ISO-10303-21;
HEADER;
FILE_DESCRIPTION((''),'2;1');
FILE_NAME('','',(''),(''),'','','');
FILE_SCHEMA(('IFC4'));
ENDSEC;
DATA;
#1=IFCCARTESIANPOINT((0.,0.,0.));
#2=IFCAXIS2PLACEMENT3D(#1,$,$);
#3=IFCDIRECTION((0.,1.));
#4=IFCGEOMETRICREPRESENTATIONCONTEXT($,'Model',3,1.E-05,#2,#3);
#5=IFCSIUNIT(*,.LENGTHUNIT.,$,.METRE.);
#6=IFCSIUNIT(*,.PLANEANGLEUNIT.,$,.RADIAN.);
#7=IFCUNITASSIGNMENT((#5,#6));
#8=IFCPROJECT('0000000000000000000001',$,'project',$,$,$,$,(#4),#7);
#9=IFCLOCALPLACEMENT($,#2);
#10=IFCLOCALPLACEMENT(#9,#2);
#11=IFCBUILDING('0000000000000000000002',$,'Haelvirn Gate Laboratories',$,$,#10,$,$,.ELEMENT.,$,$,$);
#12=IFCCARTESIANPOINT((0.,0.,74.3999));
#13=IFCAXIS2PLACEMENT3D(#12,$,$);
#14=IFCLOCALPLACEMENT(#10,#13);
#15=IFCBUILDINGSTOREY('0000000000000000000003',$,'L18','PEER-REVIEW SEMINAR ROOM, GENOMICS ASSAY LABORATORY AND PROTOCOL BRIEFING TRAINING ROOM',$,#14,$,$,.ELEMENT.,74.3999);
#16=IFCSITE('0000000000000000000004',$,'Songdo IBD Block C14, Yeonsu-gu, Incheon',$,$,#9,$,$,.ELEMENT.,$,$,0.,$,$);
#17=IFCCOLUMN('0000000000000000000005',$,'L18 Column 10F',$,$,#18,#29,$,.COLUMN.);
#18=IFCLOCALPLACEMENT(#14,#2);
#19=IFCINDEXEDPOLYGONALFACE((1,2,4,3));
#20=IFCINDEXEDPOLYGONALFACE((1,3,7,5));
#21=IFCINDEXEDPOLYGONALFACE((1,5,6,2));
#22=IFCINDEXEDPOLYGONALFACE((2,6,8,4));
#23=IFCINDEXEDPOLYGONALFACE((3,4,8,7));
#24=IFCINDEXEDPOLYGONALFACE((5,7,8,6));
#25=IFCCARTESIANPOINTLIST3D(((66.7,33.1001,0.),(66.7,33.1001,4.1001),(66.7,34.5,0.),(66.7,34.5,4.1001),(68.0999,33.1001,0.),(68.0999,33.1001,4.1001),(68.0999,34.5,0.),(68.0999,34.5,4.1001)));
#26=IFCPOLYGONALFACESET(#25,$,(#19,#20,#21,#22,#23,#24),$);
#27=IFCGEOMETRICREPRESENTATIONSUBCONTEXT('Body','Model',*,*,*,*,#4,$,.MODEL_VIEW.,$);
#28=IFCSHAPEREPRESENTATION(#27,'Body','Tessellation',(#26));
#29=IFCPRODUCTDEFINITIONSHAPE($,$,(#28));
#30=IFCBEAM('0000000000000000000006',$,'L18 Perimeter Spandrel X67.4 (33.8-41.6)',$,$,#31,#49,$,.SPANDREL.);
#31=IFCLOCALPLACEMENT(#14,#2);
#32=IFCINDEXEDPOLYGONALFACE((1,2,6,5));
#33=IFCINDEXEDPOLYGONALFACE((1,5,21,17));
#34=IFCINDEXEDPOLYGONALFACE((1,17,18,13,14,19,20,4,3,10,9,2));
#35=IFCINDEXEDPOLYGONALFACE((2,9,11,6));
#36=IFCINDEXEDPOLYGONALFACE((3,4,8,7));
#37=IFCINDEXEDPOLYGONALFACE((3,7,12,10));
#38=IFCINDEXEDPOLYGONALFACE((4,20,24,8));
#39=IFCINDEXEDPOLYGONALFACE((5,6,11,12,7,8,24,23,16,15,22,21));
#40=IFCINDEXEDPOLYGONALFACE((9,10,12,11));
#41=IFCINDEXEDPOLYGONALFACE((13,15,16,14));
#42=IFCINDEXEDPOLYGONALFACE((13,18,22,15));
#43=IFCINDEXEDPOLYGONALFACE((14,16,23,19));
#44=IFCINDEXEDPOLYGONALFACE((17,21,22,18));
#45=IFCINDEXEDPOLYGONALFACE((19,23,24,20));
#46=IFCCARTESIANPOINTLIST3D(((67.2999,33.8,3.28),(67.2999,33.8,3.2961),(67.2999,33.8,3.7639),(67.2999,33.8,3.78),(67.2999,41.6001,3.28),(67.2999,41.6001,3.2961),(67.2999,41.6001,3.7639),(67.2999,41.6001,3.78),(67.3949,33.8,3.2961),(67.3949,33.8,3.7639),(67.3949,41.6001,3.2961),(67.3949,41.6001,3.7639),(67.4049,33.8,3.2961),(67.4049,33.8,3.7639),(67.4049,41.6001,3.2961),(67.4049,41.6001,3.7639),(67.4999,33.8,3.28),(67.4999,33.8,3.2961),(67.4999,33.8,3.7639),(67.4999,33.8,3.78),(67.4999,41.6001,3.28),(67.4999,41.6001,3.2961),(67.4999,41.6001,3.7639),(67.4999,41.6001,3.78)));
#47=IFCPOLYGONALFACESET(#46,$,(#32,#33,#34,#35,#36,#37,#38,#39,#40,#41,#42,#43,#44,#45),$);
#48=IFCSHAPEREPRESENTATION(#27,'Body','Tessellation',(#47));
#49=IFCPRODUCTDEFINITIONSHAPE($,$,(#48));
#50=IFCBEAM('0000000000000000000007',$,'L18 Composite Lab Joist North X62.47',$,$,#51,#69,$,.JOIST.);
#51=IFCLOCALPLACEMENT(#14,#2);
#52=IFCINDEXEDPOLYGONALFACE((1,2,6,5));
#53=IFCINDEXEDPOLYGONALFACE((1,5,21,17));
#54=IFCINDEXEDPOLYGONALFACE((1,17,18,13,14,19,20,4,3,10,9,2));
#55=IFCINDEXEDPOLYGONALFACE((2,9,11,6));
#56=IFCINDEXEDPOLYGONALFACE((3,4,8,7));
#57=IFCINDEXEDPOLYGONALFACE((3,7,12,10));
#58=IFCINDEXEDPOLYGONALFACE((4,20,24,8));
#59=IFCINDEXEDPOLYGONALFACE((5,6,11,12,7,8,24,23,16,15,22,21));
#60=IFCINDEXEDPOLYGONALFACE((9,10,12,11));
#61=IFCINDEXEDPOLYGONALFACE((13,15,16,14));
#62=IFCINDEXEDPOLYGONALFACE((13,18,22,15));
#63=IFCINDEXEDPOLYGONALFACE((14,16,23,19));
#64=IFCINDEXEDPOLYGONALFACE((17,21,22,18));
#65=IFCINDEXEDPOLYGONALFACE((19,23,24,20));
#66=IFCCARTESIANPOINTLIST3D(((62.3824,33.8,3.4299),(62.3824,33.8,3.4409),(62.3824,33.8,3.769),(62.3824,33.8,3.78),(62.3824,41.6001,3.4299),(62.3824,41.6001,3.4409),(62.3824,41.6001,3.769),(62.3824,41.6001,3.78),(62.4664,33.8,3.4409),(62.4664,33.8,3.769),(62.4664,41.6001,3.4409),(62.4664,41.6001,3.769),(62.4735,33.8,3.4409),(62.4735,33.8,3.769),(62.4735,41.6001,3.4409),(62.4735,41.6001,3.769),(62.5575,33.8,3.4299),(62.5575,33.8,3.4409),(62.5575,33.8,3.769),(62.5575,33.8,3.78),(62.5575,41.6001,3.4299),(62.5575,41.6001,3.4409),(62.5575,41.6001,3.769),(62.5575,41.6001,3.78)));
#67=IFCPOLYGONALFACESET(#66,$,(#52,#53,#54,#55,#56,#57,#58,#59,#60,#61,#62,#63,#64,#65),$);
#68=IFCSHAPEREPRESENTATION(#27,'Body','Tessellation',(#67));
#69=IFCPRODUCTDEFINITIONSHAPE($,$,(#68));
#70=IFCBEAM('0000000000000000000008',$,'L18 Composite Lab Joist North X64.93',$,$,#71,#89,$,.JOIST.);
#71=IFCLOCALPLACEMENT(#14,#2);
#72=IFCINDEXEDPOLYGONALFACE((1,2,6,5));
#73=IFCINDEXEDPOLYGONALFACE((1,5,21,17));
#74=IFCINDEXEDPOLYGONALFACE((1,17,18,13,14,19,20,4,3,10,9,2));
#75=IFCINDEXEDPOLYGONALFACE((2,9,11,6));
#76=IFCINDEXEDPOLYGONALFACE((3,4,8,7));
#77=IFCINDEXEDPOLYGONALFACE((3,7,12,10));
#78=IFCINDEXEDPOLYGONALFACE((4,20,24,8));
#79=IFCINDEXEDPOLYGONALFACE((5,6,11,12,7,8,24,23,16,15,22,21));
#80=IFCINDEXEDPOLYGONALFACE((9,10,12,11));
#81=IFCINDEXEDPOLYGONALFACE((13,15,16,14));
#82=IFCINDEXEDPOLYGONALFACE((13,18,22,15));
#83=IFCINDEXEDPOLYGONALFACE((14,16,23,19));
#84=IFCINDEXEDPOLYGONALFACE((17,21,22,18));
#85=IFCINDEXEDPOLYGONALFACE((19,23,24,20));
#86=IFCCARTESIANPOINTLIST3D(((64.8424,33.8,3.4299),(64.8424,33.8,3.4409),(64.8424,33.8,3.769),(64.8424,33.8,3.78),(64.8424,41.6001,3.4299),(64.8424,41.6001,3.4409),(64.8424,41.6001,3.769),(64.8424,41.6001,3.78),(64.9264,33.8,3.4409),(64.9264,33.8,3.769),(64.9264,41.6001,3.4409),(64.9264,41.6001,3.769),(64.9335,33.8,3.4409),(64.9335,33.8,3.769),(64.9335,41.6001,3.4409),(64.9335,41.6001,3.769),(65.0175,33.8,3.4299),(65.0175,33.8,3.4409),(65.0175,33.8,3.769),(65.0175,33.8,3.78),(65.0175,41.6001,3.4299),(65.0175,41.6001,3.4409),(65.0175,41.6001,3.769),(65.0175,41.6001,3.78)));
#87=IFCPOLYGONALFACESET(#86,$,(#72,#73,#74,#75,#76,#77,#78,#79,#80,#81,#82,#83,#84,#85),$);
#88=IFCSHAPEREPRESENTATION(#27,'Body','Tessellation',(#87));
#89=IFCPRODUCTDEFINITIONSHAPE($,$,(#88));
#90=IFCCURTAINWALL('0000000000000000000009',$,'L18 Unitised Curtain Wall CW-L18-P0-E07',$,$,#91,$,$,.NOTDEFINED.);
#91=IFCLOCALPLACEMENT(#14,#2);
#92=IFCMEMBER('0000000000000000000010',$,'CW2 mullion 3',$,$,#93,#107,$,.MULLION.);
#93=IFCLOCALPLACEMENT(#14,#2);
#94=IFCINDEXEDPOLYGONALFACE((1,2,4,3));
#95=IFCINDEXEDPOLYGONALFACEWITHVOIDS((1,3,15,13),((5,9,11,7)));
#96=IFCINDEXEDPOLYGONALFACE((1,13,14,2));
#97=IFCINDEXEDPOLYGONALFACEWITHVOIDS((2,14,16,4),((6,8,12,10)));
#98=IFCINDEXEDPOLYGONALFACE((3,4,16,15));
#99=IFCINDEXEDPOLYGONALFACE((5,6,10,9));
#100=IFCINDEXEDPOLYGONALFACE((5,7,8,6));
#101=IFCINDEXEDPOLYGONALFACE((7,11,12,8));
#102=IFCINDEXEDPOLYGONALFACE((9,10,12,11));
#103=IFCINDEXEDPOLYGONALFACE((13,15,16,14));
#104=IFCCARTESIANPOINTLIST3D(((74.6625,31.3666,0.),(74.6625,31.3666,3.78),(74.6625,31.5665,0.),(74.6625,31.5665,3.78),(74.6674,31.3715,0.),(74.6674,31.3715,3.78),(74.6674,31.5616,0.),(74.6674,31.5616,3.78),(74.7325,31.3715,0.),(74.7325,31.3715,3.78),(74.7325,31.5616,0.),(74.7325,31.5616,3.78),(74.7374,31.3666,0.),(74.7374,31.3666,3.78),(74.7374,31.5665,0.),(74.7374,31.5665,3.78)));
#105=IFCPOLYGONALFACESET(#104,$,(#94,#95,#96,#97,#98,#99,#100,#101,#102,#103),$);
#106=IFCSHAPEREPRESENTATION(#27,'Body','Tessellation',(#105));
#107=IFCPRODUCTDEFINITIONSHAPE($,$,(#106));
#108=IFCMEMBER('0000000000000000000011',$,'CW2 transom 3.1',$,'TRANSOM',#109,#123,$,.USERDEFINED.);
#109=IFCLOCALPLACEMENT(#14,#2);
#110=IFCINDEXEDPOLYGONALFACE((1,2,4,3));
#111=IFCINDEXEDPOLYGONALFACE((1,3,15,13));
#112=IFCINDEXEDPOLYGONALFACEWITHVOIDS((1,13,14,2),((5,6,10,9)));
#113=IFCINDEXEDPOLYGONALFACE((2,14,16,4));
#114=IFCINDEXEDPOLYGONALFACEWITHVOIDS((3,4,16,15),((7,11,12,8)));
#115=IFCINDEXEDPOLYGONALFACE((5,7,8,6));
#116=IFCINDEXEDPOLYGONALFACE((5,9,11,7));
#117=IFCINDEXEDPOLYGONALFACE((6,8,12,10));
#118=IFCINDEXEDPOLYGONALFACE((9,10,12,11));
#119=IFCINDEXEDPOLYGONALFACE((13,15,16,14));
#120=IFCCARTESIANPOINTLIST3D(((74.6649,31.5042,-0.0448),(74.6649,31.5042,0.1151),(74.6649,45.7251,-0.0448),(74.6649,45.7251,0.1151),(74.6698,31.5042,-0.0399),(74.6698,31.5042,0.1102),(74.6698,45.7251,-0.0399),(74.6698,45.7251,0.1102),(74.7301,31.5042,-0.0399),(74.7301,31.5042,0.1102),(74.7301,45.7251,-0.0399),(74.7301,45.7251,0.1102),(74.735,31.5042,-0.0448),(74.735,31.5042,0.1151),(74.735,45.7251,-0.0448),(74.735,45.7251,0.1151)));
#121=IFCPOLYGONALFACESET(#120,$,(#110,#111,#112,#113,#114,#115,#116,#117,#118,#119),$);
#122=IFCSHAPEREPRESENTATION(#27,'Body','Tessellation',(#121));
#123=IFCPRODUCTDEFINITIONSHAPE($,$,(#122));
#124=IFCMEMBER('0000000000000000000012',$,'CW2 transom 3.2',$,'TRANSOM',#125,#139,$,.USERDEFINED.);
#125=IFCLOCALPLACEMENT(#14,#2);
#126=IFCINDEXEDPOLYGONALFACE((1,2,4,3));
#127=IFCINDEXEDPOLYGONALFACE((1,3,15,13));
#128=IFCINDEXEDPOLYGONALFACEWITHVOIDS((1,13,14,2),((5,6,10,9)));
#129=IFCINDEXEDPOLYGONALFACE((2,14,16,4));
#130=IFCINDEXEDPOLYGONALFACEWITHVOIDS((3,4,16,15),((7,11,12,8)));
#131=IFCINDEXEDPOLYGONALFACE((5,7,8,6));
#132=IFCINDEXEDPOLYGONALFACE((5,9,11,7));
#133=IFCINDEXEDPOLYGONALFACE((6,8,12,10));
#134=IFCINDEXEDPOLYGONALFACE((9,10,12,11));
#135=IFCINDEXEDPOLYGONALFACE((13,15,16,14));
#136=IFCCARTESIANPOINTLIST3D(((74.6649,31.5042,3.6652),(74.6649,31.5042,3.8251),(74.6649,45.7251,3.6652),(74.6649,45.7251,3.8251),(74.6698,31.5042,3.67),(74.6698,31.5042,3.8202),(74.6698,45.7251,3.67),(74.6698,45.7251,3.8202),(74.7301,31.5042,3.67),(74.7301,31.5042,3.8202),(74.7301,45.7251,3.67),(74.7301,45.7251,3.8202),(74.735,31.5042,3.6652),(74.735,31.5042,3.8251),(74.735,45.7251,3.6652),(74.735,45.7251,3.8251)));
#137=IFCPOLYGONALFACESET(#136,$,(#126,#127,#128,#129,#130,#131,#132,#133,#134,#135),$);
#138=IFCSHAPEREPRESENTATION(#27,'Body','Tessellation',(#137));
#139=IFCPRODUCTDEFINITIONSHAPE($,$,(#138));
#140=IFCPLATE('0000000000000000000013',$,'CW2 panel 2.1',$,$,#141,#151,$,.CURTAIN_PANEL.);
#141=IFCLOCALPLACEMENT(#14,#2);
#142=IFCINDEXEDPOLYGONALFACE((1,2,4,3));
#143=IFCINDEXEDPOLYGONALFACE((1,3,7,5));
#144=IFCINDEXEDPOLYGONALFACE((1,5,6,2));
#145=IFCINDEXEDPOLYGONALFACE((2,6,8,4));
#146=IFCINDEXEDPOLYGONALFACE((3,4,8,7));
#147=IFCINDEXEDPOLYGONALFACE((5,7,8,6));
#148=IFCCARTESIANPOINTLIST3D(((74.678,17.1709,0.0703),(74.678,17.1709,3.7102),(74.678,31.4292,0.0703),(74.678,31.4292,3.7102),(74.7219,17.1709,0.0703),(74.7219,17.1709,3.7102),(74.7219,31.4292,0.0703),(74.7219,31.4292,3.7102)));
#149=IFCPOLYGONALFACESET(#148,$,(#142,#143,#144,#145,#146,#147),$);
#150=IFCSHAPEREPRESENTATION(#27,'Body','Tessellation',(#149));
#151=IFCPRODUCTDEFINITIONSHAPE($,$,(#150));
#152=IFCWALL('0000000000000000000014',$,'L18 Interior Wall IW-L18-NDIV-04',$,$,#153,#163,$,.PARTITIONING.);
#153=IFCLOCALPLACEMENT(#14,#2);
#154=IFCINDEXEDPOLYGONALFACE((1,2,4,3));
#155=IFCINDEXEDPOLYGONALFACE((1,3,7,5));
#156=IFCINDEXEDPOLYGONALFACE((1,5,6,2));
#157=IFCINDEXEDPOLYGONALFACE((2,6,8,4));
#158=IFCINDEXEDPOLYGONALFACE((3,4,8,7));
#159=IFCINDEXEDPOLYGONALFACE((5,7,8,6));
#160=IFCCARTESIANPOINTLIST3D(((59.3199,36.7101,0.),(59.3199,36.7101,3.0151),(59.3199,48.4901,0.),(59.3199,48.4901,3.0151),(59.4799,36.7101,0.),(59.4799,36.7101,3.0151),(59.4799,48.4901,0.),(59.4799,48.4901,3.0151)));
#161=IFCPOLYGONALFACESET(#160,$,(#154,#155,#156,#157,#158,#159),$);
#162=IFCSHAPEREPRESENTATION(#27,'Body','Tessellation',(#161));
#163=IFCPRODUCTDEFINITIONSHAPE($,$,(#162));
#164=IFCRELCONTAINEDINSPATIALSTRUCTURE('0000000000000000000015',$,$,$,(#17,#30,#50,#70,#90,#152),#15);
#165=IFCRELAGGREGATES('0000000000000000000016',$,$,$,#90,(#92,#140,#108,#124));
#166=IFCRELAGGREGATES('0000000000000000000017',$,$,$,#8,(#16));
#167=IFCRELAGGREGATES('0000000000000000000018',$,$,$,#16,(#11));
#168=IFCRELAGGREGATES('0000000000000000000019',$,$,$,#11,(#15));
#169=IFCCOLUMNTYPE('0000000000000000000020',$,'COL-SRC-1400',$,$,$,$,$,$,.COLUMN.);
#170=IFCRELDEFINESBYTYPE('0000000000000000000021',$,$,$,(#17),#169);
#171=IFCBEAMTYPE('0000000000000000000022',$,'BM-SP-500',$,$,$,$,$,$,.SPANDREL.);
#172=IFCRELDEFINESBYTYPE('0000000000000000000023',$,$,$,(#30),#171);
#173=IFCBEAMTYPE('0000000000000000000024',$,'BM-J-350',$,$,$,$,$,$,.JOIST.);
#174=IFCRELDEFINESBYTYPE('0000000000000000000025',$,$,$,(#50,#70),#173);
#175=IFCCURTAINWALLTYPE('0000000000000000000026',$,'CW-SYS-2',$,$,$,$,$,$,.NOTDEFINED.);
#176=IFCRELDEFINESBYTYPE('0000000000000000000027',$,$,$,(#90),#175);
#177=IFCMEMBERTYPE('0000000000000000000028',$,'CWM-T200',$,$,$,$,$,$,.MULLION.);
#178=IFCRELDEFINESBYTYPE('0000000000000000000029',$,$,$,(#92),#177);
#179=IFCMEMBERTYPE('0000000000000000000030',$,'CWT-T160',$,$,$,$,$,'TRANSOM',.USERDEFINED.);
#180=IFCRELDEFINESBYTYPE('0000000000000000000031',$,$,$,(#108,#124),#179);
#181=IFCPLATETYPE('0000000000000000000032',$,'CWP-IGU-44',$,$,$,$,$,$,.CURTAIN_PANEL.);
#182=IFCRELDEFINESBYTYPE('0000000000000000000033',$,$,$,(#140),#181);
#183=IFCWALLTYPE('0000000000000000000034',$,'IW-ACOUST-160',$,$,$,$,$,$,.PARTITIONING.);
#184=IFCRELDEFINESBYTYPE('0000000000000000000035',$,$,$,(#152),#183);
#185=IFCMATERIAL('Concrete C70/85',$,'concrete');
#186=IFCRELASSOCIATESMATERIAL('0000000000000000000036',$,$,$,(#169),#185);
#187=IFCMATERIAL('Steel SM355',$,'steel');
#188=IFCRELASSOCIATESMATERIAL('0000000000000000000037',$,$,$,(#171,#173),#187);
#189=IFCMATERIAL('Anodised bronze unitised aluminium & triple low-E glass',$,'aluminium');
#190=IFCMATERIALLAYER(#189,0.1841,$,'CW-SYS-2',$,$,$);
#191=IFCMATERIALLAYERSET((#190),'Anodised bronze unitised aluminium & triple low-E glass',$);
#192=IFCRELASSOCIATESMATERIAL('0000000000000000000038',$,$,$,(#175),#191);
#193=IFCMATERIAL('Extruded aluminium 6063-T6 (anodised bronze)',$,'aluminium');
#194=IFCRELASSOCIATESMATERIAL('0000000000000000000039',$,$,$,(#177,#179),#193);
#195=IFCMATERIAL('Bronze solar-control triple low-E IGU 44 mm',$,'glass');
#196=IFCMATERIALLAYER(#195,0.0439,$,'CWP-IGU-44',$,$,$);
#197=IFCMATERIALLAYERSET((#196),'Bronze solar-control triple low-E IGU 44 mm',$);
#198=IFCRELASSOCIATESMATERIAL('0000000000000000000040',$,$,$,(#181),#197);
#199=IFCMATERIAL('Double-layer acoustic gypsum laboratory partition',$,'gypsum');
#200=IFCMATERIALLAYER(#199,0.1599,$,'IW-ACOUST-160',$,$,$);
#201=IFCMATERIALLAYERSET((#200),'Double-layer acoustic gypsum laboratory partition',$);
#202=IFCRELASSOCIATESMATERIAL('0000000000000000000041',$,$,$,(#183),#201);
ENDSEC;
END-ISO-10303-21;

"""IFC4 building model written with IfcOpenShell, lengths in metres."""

from ifc_helpers import new_model, si_unit, direction, frame, frame_2d, origin, origin_2d, place, context, subcontext, project, spatial, rectangle, hollow_rectangle, i_section, extrude, source, transform, mapped, material, layer, layer_set, material_profile, profile_set, type_object, type_shapes, element, aggregate, save


model = new_model("IFC4")

# Units and contexts
model_context = context("Model", 3, precision=1e-05, world=origin(), true_north=direction((0.0, 1.0)))
body_context = subcontext(model_context, "Body", "Model", "MODEL_VIEW")
ifc_project = project(units=[si_unit("LENGTHUNIT", "METRE"), si_unit("PLANEANGLEUNIT", "RADIAN")], contexts=[model_context])

# Site, building, storey
site_placement = place(None, origin())
site = spatial("IfcSite", under=ifc_project, at=site_placement, Name="Songdo IBD Block C14, Yeonsu-gu, Incheon", CompositionType="ELEMENT", RefElevation=0.0)
building_placement = place(site_placement, origin())
building = spatial("IfcBuilding", under=site, at=building_placement, Name="Haelvirn Gate Laboratories", CompositionType="ELEMENT")
storey_placement = place(building_placement, frame((0.0, 0.0, 74.3999)))
storey = spatial("IfcBuildingStorey", under=building, at=storey_placement, Name="L18", Description="PEER-REVIEW SEMINAR ROOM, GENOMICS ASSAY LABORATORY AND PROTOCOL BRIEFING TRAINING ROOM", CompositionType="ELEMENT", Elevation=74.3999)

# Column
ifc_material_1 = material(Name="Concrete C70/85", Category="concrete")
ifc_material_profile_1 = material_profile(ifc_material_1, rectangle(XDim=1.3999, YDim=1.3999, at=origin_2d()), Name="SRC-1400x1400")
ifc_profile_set_1 = profile_set([ifc_material_profile_1], Name="Concrete C70/85")
column_type = type_object("IfcColumnType", Name="COL-SRC-1400", PredefinedType="COLUMN", material=ifc_profile_set_1)
shared_shape_1 = source(origin(), body_context, "Body", "SweptSolid", [
    extrude(rectangle(XDim=1.3999, YDim=1.3999, at=origin_2d()), origin(), (0.0, 0.0, 1.0), 4.1001),
])
type_shapes(column_type, [shared_shape_1])
column_placement = place(storey_placement, frame((67.3999, 33.8, 0.0), z_axis=(0.0, 0.0, 1.0), x_axis=(1.0, 0.0, 0.0)))
element("IfcColumn", 1, at=column_placement, inside=storey, type_object=column_type, Name="L18 Column 10F", PredefinedType="COLUMN", context=body_context, shape_type="MappedRepresentation", body=[
    mapped(shared_shape_1, transform((0.0, 0.0, 0.0), scale=1.0)),
])

# Beams
ifc_material_2 = material(Name="Steel SM355", Category="steel")
ifc_material_profile_2 = material_profile(ifc_material_2, i_section(OverallWidth=0.2, OverallDepth=0.5, WebThickness=0.01, FlangeThickness=0.0161, at=origin_2d()), Name="H-500x200x10x16")
ifc_profile_set_2 = profile_set([ifc_material_profile_2], Name="Steel SM355")
beam_type_1 = type_object("IfcBeamType", Name="BM-SP-500", PredefinedType="SPANDREL", material=ifc_profile_set_2)
shared_shape_2 = source(origin(), body_context, "Body", "SweptSolid", [
    extrude(i_section(OverallWidth=0.2, OverallDepth=0.5, WebThickness=0.01, FlangeThickness=0.0161, at=origin_2d()), origin(), (0.0, 0.0, 1.0), 7.8),
])
type_shapes(beam_type_1, [shared_shape_2])
beam_placement = place(storey_placement, frame((67.3999, 33.8, 3.53), z_axis=(0.0, 1.0, 0.0), x_axis=(-1.0, 0.0, 0.0)))
element("IfcBeam", 2, at=beam_placement, inside=storey, type_object=beam_type_1, Name="L18 Perimeter Spandrel X67.4 (33.8-41.6)", PredefinedType="SPANDREL", context=body_context, shape_type="MappedRepresentation", body=[
    mapped(shared_shape_2, transform((0.0, 0.0, 0.0), scale=1.0)),
])
ifc_material_profile_3 = material_profile(ifc_material_2, i_section(OverallWidth=0.175, OverallDepth=0.3501, WebThickness=0.0071, FlangeThickness=0.011, at=origin_2d()), Name="H-350x175x7x11")
ifc_profile_set_3 = profile_set([ifc_material_profile_3], Name="Steel SM355")
beam_type_2 = type_object("IfcBeamType", Name="BM-J-350", PredefinedType="JOIST", material=ifc_profile_set_3)
shared_shape_3 = source(origin(), body_context, "Body", "SweptSolid", [
    extrude(i_section(OverallWidth=0.175, OverallDepth=0.3501, WebThickness=0.0071, FlangeThickness=0.011, at=origin_2d()), origin(), (0.0, 0.0, 1.0), 7.8),
])
type_shapes(beam_type_2, [shared_shape_3])
for number, where, z_axis, x_axis, name in (
    (3, (62.47, 33.8, 3.605), (0.0, 1.0, 0.0), (-1.0, 0.0, 0.0), "L18 Composite Lab Joist North X62.47"),
    (4, (64.9299, 33.8, 3.605), (0.0, 1.0, 0.0), (-1.0, 0.0, 0.0), "L18 Composite Lab Joist North X64.93"),
):
    element("IfcBeam", number, at=place(storey_placement, frame(where, z_axis=z_axis, x_axis=x_axis)), inside=storey, type_object=beam_type_2, Name=name, PredefinedType="JOIST", context=body_context, shape_type="MappedRepresentation", body=[
        mapped(shared_shape_3, transform((0.0, 0.0, 0.0), scale=1.0)),
    ])

# Curtain wall, members, plate
ifc_material_3 = material(Name="Anodised bronze unitised aluminium & triple low-E glass", Category="aluminium")
ifc_layer_1 = layer(ifc_material_3, 0.1841, Name="CW-SYS-2")
ifc_layer_set_1 = layer_set([ifc_layer_1], Name="Anodised bronze unitised aluminium & triple low-E glass")
curtain_wall_type = type_object("IfcCurtainWallType", Name="CW-SYS-2", PredefinedType="NOTDEFINED", material=ifc_layer_set_1)
curtain_wall_placement = place(storey_placement, origin())
curtain_wall = element("IfcCurtainWall", 5, at=curtain_wall_placement, inside=storey, type_object=curtain_wall_type, Name="L18 Unitised Curtain Wall CW-L18-P0-E07", PredefinedType="NOTDEFINED")
ifc_material_4 = material(Name="Extruded aluminium 6063-T6 (anodised bronze)", Category="aluminium")
ifc_material_profile_4 = material_profile(ifc_material_4, hollow_rectangle(XDim=0.075, YDim=0.2, WallThickness=0.0049, at=origin_2d()), Name="CWM-200x75x5")
ifc_profile_set_4 = profile_set([ifc_material_profile_4], Name="Extruded aluminium 6063-T6 (anodised bronze)")
member_type_1 = type_object("IfcMemberType", Name="CWM-T200", PredefinedType="MULLION", material=ifc_profile_set_4)
shared_shape_4 = source(origin(), body_context, "Body", "SweptSolid", [
    extrude(hollow_rectangle(XDim=0.075, YDim=0.2, WallThickness=0.0049, at=origin_2d()), origin(), (0.0, 0.0, 1.0), 3.78),
])
type_shapes(member_type_1, [shared_shape_4])
member_1_placement = place(storey_placement, frame((74.7, 31.4666, 0.0), z_axis=(0.0, 0.0, 1.0), x_axis=(-1.0, 0.0, 0.0)))
member_1 = element("IfcMember", 6, at=member_1_placement, type_object=member_type_1, Name="CW2 mullion 3", PredefinedType="MULLION", context=body_context, shape_type="MappedRepresentation", body=[
    mapped(shared_shape_4, transform((0.0, 0.0, 0.0), scale=1.0)),
])
ifc_material_profile_5 = material_profile(ifc_material_4, hollow_rectangle(XDim=0.0701, YDim=0.1599, WallThickness=0.0049, at=origin_2d()), Name="CWT-160x70x5")
ifc_profile_set_5 = profile_set([ifc_material_profile_5], Name="Extruded aluminium 6063-T6 (anodised bronze)")
member_type_2 = type_object("IfcMemberType", Name="CWT-T160", ElementType="TRANSOM", PredefinedType="USERDEFINED", material=ifc_profile_set_5)
shared_shape_5 = source(origin(), body_context, "Body", "SweptSolid", [
    extrude(hollow_rectangle(XDim=0.0701, YDim=0.1599, WallThickness=0.0049, at=origin_2d()), origin(), (0.0, 0.0, 1.0), 14.2209),
])
type_shapes(member_type_2, [shared_shape_5])
member_2_placement = place(storey_placement, frame((74.7, 31.5042, 0.0352), z_axis=(0.0, 1.0, 0.0), x_axis=(-1.0, 0.0, 0.0)))
member_2 = element("IfcMember", 7, at=member_2_placement, type_object=member_type_2, Name="CW2 transom 3.1", ObjectType="TRANSOM", PredefinedType="USERDEFINED", context=body_context, shape_type="MappedRepresentation", body=[
    mapped(shared_shape_5, transform((0.0, 0.0, 0.0), scale=1.0)),
])
member_3_placement = place(storey_placement, frame((74.7, 31.5042, 3.7451), z_axis=(0.0, 1.0, 0.0), x_axis=(-1.0, 0.0, 0.0)))
member_3 = element("IfcMember", 8, at=member_3_placement, type_object=member_type_2, Name="CW2 transom 3.2", ObjectType="TRANSOM", PredefinedType="USERDEFINED", context=body_context, shape_type="MappedRepresentation", body=[
    mapped(shared_shape_5, transform((0.0, 0.0, 0.0), scale=1.0)),
])
ifc_material_5 = material(Name="Bronze solar-control triple low-E IGU 44 mm", Category="glass")
ifc_layer_2 = layer(ifc_material_5, 0.0439, Name="CWP-IGU-44")
ifc_layer_set_2 = layer_set([ifc_layer_2], Name="Bronze solar-control triple low-E IGU 44 mm")
plate_type = type_object("IfcPlateType", Name="CWP-IGU-44", PredefinedType="CURTAIN_PANEL", material=ifc_layer_set_2)
shared_shape_6 = source(origin(), body_context, "Body", "SweptSolid", [
    extrude(rectangle(XDim=14.2583, YDim=0.0439, at=origin_2d()), origin(), (0.0, 0.0, 1.0), 3.6399),
])
type_shapes(plate_type, [shared_shape_6])
plate_placement = place(storey_placement, frame((74.7, 24.3, 0.0703), z_axis=(0.0, 0.0, 1.0), x_axis=(0.0, 1.0, 0.0)))
plate = element("IfcPlate", 9, at=plate_placement, type_object=plate_type, Name="CW2 panel 2.1", PredefinedType="CURTAIN_PANEL", context=body_context, shape_type="MappedRepresentation", body=[
    mapped(shared_shape_6, transform((0.0, 0.0, 0.0), scale=1.0)),
])
aggregate(curtain_wall, [member_1, plate, member_2, member_3])

# Wall
ifc_material_6 = material(Name="Double-layer acoustic gypsum laboratory partition", Category="gypsum")
ifc_layer_3 = layer(ifc_material_6, 0.1599, Name="IW-ACOUST-160")
ifc_layer_set_3 = layer_set([ifc_layer_3], Name="Double-layer acoustic gypsum laboratory partition")
wall_type_1 = type_object("IfcWallType", Name="IW-ACOUST-160", PredefinedType="PARTITIONING", material=ifc_layer_set_3)
wall_1_placement = place(storey_placement, frame((59.3999, 36.71, 0.0), z_axis=(0.0, 0.0, 1.0), x_axis=(0.0, 1.0, 0.0)))
element("IfcWall", 10, at=wall_1_placement, inside=storey, type_object=wall_type_1, Name="L18 Interior Wall IW-L18-NDIV-04", PredefinedType="PARTITIONING", context=body_context, shape_type="SweptSolid", body=[
    extrude(rectangle(XDim=11.78, YDim=0.1599, at=frame_2d((5.8901, 0.0))), origin(), (0.0, 0.0, 1.0), 3.0151),
])

save(model, "model.ifc")
